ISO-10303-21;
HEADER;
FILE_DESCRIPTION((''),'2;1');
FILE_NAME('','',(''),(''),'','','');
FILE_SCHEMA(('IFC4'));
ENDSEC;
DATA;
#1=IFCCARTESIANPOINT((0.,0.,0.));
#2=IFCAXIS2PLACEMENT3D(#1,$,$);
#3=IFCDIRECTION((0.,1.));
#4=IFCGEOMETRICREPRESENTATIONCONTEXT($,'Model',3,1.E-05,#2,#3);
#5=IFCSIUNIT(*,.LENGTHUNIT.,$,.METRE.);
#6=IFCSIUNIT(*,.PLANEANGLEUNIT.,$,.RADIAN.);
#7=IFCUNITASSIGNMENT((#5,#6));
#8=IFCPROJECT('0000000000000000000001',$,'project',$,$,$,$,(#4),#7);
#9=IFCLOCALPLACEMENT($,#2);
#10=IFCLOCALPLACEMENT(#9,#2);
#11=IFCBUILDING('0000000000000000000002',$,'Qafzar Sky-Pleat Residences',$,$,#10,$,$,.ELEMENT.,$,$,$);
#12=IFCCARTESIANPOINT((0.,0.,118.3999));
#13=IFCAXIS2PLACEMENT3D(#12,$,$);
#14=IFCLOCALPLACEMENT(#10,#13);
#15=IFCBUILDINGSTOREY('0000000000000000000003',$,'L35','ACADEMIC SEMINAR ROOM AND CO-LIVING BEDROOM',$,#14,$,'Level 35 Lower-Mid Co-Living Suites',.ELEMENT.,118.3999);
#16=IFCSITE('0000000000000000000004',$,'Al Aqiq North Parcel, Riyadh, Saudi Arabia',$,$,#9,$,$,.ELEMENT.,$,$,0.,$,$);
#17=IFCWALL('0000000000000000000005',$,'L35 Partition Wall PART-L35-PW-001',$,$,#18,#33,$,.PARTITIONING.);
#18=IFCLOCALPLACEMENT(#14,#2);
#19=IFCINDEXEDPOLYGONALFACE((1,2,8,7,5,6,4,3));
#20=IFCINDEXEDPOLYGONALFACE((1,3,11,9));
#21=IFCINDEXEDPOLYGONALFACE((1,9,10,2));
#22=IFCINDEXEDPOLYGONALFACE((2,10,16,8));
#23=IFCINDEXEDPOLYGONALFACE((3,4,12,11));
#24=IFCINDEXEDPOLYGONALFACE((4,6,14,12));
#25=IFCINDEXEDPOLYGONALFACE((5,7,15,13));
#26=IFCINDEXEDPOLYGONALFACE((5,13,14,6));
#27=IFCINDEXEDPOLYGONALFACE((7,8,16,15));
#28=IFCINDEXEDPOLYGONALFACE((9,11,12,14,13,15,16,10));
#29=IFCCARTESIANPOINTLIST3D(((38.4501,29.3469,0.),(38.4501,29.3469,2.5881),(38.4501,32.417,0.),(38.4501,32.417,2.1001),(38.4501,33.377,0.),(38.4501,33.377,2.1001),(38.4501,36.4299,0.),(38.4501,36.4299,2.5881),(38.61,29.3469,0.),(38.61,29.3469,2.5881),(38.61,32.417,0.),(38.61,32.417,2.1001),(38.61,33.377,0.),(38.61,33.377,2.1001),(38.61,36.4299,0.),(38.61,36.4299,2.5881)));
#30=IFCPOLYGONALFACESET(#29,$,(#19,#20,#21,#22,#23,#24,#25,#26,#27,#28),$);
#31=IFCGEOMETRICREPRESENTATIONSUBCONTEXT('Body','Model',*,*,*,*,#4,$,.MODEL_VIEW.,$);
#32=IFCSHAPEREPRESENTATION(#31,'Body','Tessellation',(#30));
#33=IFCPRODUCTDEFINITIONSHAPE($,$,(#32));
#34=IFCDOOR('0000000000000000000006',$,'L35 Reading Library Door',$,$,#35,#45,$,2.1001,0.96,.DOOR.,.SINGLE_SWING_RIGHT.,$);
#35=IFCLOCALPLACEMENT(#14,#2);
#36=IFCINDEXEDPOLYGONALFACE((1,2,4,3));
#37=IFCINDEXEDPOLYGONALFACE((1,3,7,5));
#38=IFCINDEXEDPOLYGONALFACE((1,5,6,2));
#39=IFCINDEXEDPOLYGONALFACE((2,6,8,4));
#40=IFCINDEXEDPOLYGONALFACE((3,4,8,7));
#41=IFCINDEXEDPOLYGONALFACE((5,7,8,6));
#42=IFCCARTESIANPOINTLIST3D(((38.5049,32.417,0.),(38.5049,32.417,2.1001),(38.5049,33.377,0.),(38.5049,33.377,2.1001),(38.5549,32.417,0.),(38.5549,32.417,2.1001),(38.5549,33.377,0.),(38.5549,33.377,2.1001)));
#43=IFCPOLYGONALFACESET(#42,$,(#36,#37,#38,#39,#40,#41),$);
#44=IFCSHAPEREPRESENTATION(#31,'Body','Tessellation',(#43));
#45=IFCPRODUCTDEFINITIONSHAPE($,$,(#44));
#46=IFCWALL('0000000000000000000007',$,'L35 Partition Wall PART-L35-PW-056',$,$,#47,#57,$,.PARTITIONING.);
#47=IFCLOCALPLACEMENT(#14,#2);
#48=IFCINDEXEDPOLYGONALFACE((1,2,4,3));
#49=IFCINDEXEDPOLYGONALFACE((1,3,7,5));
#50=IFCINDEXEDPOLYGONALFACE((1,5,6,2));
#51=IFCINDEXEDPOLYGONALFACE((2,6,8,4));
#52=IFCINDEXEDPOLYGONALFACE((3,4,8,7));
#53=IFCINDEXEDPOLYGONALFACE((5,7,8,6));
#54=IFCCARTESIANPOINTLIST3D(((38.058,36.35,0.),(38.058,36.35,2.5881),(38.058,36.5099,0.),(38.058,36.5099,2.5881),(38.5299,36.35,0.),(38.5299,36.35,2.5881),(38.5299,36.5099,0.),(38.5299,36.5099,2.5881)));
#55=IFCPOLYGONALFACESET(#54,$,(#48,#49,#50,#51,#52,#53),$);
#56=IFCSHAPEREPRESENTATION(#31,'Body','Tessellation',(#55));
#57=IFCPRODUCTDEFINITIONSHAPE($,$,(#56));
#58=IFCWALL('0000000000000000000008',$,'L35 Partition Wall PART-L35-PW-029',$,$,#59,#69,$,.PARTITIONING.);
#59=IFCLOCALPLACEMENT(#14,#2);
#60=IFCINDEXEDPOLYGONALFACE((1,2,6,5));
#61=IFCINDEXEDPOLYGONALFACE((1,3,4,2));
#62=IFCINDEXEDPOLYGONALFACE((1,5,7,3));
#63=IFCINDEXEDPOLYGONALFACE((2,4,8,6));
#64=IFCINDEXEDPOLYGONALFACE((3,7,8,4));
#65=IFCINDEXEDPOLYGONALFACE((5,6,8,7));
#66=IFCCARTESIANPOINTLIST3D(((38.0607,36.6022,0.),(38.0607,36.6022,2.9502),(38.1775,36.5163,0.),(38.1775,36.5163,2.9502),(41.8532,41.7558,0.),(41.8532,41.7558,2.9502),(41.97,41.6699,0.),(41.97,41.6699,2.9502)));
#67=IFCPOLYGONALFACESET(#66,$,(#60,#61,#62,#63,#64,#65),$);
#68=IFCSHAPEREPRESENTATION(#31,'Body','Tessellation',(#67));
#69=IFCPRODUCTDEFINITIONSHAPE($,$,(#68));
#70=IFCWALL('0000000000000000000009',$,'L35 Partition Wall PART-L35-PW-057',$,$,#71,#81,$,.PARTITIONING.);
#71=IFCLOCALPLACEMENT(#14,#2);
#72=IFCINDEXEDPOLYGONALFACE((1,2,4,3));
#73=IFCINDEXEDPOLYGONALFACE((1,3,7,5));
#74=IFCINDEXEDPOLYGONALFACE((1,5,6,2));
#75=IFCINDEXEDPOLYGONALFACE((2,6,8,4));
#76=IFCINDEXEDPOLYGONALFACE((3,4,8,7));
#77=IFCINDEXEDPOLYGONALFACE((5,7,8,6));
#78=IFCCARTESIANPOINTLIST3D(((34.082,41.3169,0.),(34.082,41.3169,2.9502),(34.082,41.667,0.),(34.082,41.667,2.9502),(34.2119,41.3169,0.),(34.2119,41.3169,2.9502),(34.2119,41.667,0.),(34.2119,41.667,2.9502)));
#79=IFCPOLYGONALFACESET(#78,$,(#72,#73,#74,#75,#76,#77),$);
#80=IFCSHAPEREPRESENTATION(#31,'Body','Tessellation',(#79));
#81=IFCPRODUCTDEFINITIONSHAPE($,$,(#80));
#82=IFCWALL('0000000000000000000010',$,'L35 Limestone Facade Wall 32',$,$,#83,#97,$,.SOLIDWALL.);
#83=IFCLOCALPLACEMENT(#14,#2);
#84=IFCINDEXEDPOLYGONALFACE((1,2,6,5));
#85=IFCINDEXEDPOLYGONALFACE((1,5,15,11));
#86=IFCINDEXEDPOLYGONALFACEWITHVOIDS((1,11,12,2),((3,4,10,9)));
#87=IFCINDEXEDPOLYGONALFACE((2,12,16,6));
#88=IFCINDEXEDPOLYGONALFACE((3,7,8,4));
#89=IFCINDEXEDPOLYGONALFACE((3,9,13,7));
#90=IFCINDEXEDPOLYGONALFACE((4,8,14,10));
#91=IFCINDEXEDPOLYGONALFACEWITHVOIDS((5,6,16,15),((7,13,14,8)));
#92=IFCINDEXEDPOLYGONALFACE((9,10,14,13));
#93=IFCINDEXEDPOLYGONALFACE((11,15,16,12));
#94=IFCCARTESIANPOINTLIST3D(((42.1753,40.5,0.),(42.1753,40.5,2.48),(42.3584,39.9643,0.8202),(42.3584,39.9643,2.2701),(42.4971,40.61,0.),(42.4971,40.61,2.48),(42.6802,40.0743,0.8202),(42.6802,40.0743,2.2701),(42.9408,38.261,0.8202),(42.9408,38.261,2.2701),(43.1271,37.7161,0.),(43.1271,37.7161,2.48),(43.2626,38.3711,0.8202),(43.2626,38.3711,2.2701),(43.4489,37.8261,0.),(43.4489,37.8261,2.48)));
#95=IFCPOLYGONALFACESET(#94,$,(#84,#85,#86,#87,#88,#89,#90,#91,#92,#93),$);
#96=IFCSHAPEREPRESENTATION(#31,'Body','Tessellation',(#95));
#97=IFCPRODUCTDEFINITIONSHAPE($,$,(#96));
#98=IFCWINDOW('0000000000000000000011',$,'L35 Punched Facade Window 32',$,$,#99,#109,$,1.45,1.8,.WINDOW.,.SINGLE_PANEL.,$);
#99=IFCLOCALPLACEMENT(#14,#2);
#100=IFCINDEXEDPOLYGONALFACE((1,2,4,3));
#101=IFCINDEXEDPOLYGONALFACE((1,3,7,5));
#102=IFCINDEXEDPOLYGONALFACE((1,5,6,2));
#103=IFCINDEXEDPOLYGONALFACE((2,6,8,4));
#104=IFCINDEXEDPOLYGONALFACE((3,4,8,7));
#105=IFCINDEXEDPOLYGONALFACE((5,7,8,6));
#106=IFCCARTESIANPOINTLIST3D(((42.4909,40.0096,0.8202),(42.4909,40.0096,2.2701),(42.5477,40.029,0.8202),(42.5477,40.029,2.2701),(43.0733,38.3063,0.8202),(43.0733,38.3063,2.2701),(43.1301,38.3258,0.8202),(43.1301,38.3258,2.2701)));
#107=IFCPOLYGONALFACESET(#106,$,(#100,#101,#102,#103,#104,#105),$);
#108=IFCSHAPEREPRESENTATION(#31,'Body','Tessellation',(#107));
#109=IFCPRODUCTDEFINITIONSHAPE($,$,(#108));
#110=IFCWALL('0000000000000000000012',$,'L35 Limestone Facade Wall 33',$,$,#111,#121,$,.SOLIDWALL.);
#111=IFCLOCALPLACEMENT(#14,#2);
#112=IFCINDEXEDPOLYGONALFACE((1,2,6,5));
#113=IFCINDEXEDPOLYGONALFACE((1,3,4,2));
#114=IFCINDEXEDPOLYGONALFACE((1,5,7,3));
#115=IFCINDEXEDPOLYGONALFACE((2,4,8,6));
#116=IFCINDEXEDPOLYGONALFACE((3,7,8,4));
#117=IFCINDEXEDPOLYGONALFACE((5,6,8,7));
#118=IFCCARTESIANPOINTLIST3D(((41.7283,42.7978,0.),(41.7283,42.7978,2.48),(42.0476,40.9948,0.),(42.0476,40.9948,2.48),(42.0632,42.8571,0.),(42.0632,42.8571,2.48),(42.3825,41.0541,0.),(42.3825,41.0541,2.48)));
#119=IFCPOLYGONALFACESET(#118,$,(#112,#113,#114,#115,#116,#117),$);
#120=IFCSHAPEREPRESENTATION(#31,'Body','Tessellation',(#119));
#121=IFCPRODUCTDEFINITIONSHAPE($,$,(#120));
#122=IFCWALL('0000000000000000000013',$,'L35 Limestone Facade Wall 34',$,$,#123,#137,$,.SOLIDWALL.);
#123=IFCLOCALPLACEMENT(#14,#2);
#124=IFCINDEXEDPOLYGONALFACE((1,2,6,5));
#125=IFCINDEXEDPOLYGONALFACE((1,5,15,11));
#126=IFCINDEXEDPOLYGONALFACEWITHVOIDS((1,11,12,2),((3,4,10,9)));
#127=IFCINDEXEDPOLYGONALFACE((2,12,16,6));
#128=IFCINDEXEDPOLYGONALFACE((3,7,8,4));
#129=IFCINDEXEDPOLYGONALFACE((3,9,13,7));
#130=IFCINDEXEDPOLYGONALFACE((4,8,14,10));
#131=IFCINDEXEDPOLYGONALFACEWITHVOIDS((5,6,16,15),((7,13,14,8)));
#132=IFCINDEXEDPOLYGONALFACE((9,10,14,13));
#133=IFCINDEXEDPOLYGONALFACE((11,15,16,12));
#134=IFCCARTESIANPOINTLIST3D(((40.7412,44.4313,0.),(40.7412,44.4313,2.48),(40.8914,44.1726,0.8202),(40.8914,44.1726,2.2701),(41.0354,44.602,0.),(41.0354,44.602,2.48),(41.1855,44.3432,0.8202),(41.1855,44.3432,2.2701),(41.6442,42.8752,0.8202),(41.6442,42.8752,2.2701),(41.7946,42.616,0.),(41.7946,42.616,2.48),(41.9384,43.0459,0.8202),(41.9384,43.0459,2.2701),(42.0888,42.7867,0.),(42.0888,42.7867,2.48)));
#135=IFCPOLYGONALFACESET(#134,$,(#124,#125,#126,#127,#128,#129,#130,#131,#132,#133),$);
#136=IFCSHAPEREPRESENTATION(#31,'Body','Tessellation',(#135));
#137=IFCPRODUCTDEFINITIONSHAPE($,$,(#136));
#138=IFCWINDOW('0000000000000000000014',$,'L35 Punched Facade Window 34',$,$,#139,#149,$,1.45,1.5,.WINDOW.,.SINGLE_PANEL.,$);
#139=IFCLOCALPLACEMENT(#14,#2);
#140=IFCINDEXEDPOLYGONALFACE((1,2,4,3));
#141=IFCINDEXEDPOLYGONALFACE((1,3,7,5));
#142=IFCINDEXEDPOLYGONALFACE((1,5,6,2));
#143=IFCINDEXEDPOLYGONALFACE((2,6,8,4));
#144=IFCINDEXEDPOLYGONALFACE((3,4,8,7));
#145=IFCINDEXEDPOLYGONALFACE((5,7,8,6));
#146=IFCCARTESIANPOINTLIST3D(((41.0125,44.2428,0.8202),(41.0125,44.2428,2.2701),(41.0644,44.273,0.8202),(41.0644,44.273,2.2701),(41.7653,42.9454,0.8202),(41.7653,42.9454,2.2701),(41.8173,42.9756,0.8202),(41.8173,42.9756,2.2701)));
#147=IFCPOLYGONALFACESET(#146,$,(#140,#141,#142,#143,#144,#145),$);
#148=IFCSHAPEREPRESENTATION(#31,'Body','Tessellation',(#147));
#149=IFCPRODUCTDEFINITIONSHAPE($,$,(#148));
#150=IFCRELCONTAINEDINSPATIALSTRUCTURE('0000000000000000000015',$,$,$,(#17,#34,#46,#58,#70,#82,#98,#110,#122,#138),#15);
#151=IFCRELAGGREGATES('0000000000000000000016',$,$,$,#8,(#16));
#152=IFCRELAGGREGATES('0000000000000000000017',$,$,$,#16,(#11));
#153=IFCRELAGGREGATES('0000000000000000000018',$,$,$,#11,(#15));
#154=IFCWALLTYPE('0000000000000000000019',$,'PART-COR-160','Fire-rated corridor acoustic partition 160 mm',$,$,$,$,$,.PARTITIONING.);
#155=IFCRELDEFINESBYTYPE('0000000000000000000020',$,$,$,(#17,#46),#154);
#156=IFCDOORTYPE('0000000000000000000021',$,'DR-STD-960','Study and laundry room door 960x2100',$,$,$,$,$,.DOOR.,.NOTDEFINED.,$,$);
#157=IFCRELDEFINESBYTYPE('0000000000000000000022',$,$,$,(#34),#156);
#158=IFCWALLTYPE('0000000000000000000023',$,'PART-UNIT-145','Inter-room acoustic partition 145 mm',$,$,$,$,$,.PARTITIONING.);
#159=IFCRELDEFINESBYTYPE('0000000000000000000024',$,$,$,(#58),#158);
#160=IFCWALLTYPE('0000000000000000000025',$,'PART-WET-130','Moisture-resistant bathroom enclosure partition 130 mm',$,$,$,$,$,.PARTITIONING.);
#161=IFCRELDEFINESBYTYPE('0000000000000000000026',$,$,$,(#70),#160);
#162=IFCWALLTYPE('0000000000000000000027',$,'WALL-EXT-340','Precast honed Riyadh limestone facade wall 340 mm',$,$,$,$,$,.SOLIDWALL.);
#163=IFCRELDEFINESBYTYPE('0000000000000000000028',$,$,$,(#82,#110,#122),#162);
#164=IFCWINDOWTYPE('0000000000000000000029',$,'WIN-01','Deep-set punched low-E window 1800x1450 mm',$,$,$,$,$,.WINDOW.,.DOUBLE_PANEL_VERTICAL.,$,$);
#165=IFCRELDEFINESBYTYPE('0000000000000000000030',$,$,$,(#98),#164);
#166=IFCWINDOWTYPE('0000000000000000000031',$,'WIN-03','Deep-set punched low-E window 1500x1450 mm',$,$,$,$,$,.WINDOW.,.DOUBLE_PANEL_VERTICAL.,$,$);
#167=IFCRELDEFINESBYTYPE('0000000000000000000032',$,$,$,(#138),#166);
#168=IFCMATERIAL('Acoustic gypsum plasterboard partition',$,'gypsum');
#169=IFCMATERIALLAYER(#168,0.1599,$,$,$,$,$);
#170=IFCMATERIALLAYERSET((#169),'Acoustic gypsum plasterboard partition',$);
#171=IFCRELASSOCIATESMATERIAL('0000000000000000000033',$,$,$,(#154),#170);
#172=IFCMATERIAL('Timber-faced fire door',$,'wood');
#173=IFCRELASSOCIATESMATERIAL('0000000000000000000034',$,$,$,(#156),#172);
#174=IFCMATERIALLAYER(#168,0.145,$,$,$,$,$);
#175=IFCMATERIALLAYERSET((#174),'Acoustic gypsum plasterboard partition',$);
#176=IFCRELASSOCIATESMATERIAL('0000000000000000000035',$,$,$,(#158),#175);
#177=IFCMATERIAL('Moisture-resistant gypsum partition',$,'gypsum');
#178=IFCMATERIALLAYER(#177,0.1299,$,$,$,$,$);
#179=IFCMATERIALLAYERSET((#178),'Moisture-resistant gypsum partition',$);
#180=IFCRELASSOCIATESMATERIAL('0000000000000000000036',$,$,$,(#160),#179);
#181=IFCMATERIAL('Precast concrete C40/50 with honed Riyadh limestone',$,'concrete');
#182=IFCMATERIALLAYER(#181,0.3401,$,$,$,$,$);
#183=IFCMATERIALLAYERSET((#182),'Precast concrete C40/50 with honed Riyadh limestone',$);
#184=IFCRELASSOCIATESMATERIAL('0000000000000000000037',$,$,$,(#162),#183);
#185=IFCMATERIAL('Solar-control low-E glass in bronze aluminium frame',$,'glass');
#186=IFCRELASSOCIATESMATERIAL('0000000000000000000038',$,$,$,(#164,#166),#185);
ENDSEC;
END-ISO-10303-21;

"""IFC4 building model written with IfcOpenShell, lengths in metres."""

from ifc_helpers import new_model, si_unit, direction, frame, frame_2d, origin, place, context, subcontext, project, spatial, rectangle, extrude, source, transform, mapped, material, layer, layer_set, type_object, element, fill, save


model = new_model("IFC4")

# Units and contexts
model_context = context("Model", 3, precision=1e-05, world=origin(), true_north=direction((0.0, 1.0)))
body_context = subcontext(model_context, "Body", "Model", "MODEL_VIEW")
ifc_project = project(units=[si_unit("LENGTHUNIT", "METRE"), si_unit("PLANEANGLEUNIT", "RADIAN")], contexts=[model_context])

# Site, building, storey
site_placement = place(None, origin())
site = spatial("IfcSite", under=ifc_project, at=site_placement, Name="Al Aqiq North Parcel, Riyadh, Saudi Arabia", CompositionType="ELEMENT", RefElevation=0.0)
building_placement = place(site_placement, origin())
building = spatial("IfcBuilding", under=site, at=building_placement, Name="Qafzar Sky-Pleat Residences", CompositionType="ELEMENT")
storey_placement = place(building_placement, frame((0.0, 0.0, 118.3999)))
storey = spatial("IfcBuildingStorey", under=building, at=storey_placement, Name="L35", Description="ACADEMIC SEMINAR ROOM AND CO-LIVING BEDROOM", LongName="Level 35 Lower-Mid Co-Living Suites", CompositionType="ELEMENT", Elevation=118.3999)

# Wall, opening, door
ifc_material_1 = material(Name="Acoustic gypsum plasterboard partition", Category="gypsum")
ifc_layer_1 = layer(ifc_material_1, 0.1599)
ifc_layer_set_1 = layer_set([ifc_layer_1], Name="Acoustic gypsum plasterboard partition")
wall_type_1 = type_object("IfcWallType", Name="PART-COR-160", Description="Fire-rated corridor acoustic partition 160 mm", PredefinedType="PARTITIONING", material=ifc_layer_set_1)
wall_1_placement = place(storey_placement, frame((38.53, 36.4299, 0.0), z_axis=(0.0, 0.0, 1.0), x_axis=(0.0, -1.0, 0.0)))
wall_1 = element("IfcWall", 1, at=wall_1_placement, inside=storey, type_object=wall_type_1, Name="L35 Partition Wall PART-L35-PW-001", PredefinedType="PARTITIONING", context=body_context, shape_type="SweptSolid", body=[
    extrude(rectangle(XDim=7.083, YDim=0.1599, at=frame_2d((3.5415, 0.0))), origin(), (0.0, 0.0, 1.0), 2.5881),
])
opening_1_placement = place(wall_1_placement, frame((3.053, 0.0, 0.0)))
opening_1 = element("IfcOpeningElement", 2, at=opening_1_placement, cuts=wall_1, PredefinedType="OPENING", context=body_context, shape_type="SweptSolid", body=[
    extrude(rectangle(XDim=0.96, YDim=2.1001, at=frame_2d((0.48, 1.05))), frame((0.0, 0.0898, 0.0), z_axis=(0.0, -1.0, 0.0), x_axis=(1.0, 0.0, 0.0)), (0.0, 0.0, 1.0), 0.1799),
])
ifc_material_2 = material(Name="Timber-faced fire door", Category="wood")
door_type = type_object("IfcDoorType", Name="DR-STD-960", Description="Study and laundry room door 960x2100", OperationType="NOTDEFINED", PredefinedType="DOOR", material=ifc_material_2)
shared_shape_1 = source(origin(), body_context, "Body", "SweptSolid", [
    extrude(rectangle(XDim=0.96, YDim=2.1001, at=frame_2d((0.48, 1.05))), frame((0.0, 0.0249, 0.0), z_axis=(0.0, -1.0, 0.0), x_axis=(1.0, 0.0, 0.0)), (0.0, 0.0, 1.0), 0.05),
])
door_placement = place(opening_1_placement, origin())
door = element("IfcDoor", 3, at=door_placement, inside=storey, type_object=door_type, Name="L35 Reading Library Door", OperationType="SINGLE_SWING_RIGHT", OverallHeight=2.1001, OverallWidth=0.96, PredefinedType="DOOR", context=body_context, shape_type="MappedRepresentation", body=[
    mapped(shared_shape_1, transform((0.0, 0.0, 0.0), x_axis=(1.0, 0.0, 0.0), y_axis=(0.0, 1.0, 0.0), z_axis=(0.0, 0.0, 1.0), scale=1.0)),
])
fill(opening_1, door)

# Walls
wall_2_placement = place(storey_placement, frame((38.0581, 36.4299, 0.0), z_axis=(0.0, 0.0, 1.0), x_axis=(1.0, 0.0, 0.0)))
element("IfcWall", 4, at=wall_2_placement, inside=storey, type_object=wall_type_1, Name="L35 Partition Wall PART-L35-PW-056", PredefinedType="PARTITIONING", context=body_context, shape_type="SweptSolid", body=[
    extrude(rectangle(XDim=0.4719, YDim=0.1599, at=frame_2d((0.2358, 0.0))), origin(), (0.0, 0.0, 1.0), 2.5881),
])
ifc_layer_2 = layer(ifc_material_1, 0.145)
ifc_layer_set_2 = layer_set([ifc_layer_2], Name="Acoustic gypsum plasterboard partition")
wall_type_2 = type_object("IfcWallType", Name="PART-UNIT-145", Description="Inter-room acoustic partition 145 mm", PredefinedType="PARTITIONING", material=ifc_layer_set_2)
wall_3_placement = place(storey_placement, frame((38.1191, 36.5593, 0.0), z_axis=(0.0, 0.0, 1.0), x_axis=(0.592704, 0.80542, 0.0)))
element("IfcWall", 5, at=wall_3_placement, inside=storey, type_object=wall_type_2, Name="L35 Partition Wall PART-L35-PW-029", PredefinedType="PARTITIONING", context=body_context, shape_type="SweptSolid", body=[
    extrude(rectangle(XDim=6.3987, YDim=0.145, at=frame_2d((3.1992, 0.0))), origin(), (0.0, 0.0, 1.0), 2.9502),
])
ifc_material_3 = material(Name="Moisture-resistant gypsum partition", Category="gypsum")
ifc_layer_3 = layer(ifc_material_3, 0.1299)
ifc_layer_set_3 = layer_set([ifc_layer_3], Name="Moisture-resistant gypsum partition")
wall_type_3 = type_object("IfcWallType", Name="PART-WET-130", Description="Moisture-resistant bathroom enclosure partition 130 mm", PredefinedType="PARTITIONING", material=ifc_layer_set_3)
wall_4_placement = place(storey_placement, frame((34.147, 41.3169, 0.0), z_axis=(0.0, 0.0, 1.0), x_axis=(0.0, 1.0, 0.0)))
element("IfcWall", 6, at=wall_4_placement, inside=storey, type_object=wall_type_3, Name="L35 Partition Wall PART-L35-PW-057", PredefinedType="PARTITIONING", context=body_context, shape_type="SweptSolid", body=[
    extrude(rectangle(XDim=0.3501, YDim=0.1299, at=frame_2d((0.175, 0.0))), origin(), (0.0, 0.0, 1.0), 2.9502),
])

# Wall, opening, window
ifc_material_4 = material(Name="Precast concrete C40/50 with honed Riyadh limestone", Category="concrete")
ifc_layer_4 = layer(ifc_material_4, 0.3401)
ifc_layer_set_4 = layer_set([ifc_layer_4], Name="Precast concrete C40/50 with honed Riyadh limestone")
wall_type_4 = type_object("IfcWallType", Name="WALL-EXT-340", Description="Precast honed Riyadh limestone facade wall 340 mm", PredefinedType="SOLIDWALL", material=ifc_layer_set_4)
wall_5_placement = place(storey_placement, frame((43.2881, 37.771, 0.0), z_axis=(0.0, 0.0, 1.0), x_axis=(-0.323537, 0.946215, 0.0)))
wall_5 = element("IfcWall", 7, at=wall_5_placement, inside=storey, type_object=wall_type_4, Name="L35 Limestone Facade Wall 32", PredefinedType="SOLIDWALL", context=body_context, shape_type="SweptSolid", body=[
    extrude(rectangle(XDim=2.9421, YDim=0.3401, at=frame_2d((1.4712, 0.0))), origin(), (0.0, 0.0, 1.0), 2.48),
])
opening_2_placement = place(wall_5_placement, frame((0.5762, 0.0, 0.8201)))
opening_2 = element("IfcOpeningElement", 8, at=opening_2_placement, cuts=wall_5, PredefinedType="OPENING", context=body_context, shape_type="SweptSolid", body=[
    extrude(rectangle(XDim=1.8, YDim=1.45, at=frame_2d((0.8999, 0.7251))), frame((0.0, 0.1802, 0.0), z_axis=(0.0, -1.0, 0.0), x_axis=(1.0, 0.0, 0.0)), (0.0, 0.0, 1.0), 0.3601),
])
ifc_material_5 = material(Name="Solar-control low-E glass in bronze aluminium frame", Category="glass")
window_type_1 = type_object("IfcWindowType", Name="WIN-01", Description="Deep-set punched low-E window 1800x1450 mm", PartitioningType="DOUBLE_PANEL_VERTICAL", PredefinedType="WINDOW", material=ifc_material_5)
shared_shape_2 = source(origin(), body_context, "Body", "SweptSolid", [
    extrude(rectangle(XDim=1.8, YDim=1.45, at=frame_2d((0.8999, 0.7251))), frame((0.0, 0.03, 0.0), z_axis=(0.0, -1.0, 0.0), x_axis=(1.0, 0.0, 0.0)), (0.0, 0.0, 1.0), 0.0601),
])
window_1_placement = place(opening_2_placement, origin())
window_1 = element("IfcWindow", 9, at=window_1_placement, inside=storey, type_object=window_type_1, Name="L35 Punched Facade Window 32", OverallHeight=1.45, OverallWidth=1.8, PartitioningType="SINGLE_PANEL", PredefinedType="WINDOW", context=body_context, shape_type="MappedRepresentation", body=[
    mapped(shared_shape_2, transform((0.0, 0.0, 0.0), x_axis=(1.0, 0.0, 0.0), y_axis=(0.0, 1.0, 0.0), z_axis=(0.0, 0.0, 1.0), scale=1.0)),
])
fill(opening_2, window_1)

# Wall
wall_6_placement = place(storey_placement, frame((42.2151, 41.0244, 0.0), z_axis=(0.0, 0.0, 1.0), x_axis=(-0.174401, 0.984675, 0.0)))
element("IfcWall", 10, at=wall_6_placement, inside=storey, type_object=wall_type_4, Name="L35 Limestone Facade Wall 33", PredefinedType="SOLIDWALL", context=body_context, shape_type="SweptSolid", body=[
    extrude(rectangle(XDim=1.8311, YDim=0.3401, at=frame_2d((0.9155, 0.0))), origin(), (0.0, 0.0, 1.0), 2.48),
])

# Wall, opening, window
wall_7_placement = place(storey_placement, frame((41.9417, 42.7014, 0.0), z_axis=(0.0, 0.0, 1.0), x_axis=(-0.501903, 0.864924, 0.0)))
wall_7 = element("IfcWall", 11, at=wall_7_placement, inside=storey, type_object=wall_type_4, Name="L35 Limestone Facade Wall 34", PredefinedType="SOLIDWALL", context=body_context, shape_type="SweptSolid", body=[
    extrude(rectangle(XDim=2.0989, YDim=0.3401, at=frame_2d((1.0493, 0.0))), origin(), (0.0, 0.0, 1.0), 2.48),
])
opening_3_placement = place(wall_7_placement, frame((0.2996, 0.0, 0.8201)))
opening_3 = element("IfcOpeningElement", 12, at=opening_3_placement, cuts=wall_7, PredefinedType="OPENING", context=body_context, shape_type="SweptSolid", body=[
    extrude(rectangle(XDim=1.5, YDim=1.45, at=frame_2d((0.75, 0.7251))), frame((0.0, 0.1802, 0.0), z_axis=(0.0, -1.0, 0.0), x_axis=(1.0, 0.0, 0.0)), (0.0, 0.0, 1.0), 0.3601),
])
window_type_2 = type_object("IfcWindowType", Name="WIN-03", Description="Deep-set punched low-E window 1500x1450 mm", PartitioningType="DOUBLE_PANEL_VERTICAL", PredefinedType="WINDOW", material=ifc_material_5)
shared_shape_3 = source(origin(), body_context, "Body", "SweptSolid", [
    extrude(rectangle(XDim=1.5, YDim=1.45, at=frame_2d((0.75, 0.7251))), frame((0.0, 0.03, 0.0), z_axis=(0.0, -1.0, 0.0), x_axis=(1.0, 0.0, 0.0)), (0.0, 0.0, 1.0), 0.0601),
])
window_2_placement = place(opening_3_placement, origin())
window_2 = element("IfcWindow", 13, at=window_2_placement, inside=storey, type_object=window_type_2, Name="L35 Punched Facade Window 34", OverallHeight=1.45, OverallWidth=1.5, PartitioningType="SINGLE_PANEL", PredefinedType="WINDOW", context=body_context, shape_type="MappedRepresentation", body=[
    mapped(shared_shape_3, transform((0.0, 0.0, 0.0), x_axis=(1.0, 0.0, 0.0), y_axis=(0.0, 1.0, 0.0), z_axis=(0.0, 0.0, 1.0), scale=1.0)),
])
fill(opening_3, window_2)

save(model, "model.ifc")
